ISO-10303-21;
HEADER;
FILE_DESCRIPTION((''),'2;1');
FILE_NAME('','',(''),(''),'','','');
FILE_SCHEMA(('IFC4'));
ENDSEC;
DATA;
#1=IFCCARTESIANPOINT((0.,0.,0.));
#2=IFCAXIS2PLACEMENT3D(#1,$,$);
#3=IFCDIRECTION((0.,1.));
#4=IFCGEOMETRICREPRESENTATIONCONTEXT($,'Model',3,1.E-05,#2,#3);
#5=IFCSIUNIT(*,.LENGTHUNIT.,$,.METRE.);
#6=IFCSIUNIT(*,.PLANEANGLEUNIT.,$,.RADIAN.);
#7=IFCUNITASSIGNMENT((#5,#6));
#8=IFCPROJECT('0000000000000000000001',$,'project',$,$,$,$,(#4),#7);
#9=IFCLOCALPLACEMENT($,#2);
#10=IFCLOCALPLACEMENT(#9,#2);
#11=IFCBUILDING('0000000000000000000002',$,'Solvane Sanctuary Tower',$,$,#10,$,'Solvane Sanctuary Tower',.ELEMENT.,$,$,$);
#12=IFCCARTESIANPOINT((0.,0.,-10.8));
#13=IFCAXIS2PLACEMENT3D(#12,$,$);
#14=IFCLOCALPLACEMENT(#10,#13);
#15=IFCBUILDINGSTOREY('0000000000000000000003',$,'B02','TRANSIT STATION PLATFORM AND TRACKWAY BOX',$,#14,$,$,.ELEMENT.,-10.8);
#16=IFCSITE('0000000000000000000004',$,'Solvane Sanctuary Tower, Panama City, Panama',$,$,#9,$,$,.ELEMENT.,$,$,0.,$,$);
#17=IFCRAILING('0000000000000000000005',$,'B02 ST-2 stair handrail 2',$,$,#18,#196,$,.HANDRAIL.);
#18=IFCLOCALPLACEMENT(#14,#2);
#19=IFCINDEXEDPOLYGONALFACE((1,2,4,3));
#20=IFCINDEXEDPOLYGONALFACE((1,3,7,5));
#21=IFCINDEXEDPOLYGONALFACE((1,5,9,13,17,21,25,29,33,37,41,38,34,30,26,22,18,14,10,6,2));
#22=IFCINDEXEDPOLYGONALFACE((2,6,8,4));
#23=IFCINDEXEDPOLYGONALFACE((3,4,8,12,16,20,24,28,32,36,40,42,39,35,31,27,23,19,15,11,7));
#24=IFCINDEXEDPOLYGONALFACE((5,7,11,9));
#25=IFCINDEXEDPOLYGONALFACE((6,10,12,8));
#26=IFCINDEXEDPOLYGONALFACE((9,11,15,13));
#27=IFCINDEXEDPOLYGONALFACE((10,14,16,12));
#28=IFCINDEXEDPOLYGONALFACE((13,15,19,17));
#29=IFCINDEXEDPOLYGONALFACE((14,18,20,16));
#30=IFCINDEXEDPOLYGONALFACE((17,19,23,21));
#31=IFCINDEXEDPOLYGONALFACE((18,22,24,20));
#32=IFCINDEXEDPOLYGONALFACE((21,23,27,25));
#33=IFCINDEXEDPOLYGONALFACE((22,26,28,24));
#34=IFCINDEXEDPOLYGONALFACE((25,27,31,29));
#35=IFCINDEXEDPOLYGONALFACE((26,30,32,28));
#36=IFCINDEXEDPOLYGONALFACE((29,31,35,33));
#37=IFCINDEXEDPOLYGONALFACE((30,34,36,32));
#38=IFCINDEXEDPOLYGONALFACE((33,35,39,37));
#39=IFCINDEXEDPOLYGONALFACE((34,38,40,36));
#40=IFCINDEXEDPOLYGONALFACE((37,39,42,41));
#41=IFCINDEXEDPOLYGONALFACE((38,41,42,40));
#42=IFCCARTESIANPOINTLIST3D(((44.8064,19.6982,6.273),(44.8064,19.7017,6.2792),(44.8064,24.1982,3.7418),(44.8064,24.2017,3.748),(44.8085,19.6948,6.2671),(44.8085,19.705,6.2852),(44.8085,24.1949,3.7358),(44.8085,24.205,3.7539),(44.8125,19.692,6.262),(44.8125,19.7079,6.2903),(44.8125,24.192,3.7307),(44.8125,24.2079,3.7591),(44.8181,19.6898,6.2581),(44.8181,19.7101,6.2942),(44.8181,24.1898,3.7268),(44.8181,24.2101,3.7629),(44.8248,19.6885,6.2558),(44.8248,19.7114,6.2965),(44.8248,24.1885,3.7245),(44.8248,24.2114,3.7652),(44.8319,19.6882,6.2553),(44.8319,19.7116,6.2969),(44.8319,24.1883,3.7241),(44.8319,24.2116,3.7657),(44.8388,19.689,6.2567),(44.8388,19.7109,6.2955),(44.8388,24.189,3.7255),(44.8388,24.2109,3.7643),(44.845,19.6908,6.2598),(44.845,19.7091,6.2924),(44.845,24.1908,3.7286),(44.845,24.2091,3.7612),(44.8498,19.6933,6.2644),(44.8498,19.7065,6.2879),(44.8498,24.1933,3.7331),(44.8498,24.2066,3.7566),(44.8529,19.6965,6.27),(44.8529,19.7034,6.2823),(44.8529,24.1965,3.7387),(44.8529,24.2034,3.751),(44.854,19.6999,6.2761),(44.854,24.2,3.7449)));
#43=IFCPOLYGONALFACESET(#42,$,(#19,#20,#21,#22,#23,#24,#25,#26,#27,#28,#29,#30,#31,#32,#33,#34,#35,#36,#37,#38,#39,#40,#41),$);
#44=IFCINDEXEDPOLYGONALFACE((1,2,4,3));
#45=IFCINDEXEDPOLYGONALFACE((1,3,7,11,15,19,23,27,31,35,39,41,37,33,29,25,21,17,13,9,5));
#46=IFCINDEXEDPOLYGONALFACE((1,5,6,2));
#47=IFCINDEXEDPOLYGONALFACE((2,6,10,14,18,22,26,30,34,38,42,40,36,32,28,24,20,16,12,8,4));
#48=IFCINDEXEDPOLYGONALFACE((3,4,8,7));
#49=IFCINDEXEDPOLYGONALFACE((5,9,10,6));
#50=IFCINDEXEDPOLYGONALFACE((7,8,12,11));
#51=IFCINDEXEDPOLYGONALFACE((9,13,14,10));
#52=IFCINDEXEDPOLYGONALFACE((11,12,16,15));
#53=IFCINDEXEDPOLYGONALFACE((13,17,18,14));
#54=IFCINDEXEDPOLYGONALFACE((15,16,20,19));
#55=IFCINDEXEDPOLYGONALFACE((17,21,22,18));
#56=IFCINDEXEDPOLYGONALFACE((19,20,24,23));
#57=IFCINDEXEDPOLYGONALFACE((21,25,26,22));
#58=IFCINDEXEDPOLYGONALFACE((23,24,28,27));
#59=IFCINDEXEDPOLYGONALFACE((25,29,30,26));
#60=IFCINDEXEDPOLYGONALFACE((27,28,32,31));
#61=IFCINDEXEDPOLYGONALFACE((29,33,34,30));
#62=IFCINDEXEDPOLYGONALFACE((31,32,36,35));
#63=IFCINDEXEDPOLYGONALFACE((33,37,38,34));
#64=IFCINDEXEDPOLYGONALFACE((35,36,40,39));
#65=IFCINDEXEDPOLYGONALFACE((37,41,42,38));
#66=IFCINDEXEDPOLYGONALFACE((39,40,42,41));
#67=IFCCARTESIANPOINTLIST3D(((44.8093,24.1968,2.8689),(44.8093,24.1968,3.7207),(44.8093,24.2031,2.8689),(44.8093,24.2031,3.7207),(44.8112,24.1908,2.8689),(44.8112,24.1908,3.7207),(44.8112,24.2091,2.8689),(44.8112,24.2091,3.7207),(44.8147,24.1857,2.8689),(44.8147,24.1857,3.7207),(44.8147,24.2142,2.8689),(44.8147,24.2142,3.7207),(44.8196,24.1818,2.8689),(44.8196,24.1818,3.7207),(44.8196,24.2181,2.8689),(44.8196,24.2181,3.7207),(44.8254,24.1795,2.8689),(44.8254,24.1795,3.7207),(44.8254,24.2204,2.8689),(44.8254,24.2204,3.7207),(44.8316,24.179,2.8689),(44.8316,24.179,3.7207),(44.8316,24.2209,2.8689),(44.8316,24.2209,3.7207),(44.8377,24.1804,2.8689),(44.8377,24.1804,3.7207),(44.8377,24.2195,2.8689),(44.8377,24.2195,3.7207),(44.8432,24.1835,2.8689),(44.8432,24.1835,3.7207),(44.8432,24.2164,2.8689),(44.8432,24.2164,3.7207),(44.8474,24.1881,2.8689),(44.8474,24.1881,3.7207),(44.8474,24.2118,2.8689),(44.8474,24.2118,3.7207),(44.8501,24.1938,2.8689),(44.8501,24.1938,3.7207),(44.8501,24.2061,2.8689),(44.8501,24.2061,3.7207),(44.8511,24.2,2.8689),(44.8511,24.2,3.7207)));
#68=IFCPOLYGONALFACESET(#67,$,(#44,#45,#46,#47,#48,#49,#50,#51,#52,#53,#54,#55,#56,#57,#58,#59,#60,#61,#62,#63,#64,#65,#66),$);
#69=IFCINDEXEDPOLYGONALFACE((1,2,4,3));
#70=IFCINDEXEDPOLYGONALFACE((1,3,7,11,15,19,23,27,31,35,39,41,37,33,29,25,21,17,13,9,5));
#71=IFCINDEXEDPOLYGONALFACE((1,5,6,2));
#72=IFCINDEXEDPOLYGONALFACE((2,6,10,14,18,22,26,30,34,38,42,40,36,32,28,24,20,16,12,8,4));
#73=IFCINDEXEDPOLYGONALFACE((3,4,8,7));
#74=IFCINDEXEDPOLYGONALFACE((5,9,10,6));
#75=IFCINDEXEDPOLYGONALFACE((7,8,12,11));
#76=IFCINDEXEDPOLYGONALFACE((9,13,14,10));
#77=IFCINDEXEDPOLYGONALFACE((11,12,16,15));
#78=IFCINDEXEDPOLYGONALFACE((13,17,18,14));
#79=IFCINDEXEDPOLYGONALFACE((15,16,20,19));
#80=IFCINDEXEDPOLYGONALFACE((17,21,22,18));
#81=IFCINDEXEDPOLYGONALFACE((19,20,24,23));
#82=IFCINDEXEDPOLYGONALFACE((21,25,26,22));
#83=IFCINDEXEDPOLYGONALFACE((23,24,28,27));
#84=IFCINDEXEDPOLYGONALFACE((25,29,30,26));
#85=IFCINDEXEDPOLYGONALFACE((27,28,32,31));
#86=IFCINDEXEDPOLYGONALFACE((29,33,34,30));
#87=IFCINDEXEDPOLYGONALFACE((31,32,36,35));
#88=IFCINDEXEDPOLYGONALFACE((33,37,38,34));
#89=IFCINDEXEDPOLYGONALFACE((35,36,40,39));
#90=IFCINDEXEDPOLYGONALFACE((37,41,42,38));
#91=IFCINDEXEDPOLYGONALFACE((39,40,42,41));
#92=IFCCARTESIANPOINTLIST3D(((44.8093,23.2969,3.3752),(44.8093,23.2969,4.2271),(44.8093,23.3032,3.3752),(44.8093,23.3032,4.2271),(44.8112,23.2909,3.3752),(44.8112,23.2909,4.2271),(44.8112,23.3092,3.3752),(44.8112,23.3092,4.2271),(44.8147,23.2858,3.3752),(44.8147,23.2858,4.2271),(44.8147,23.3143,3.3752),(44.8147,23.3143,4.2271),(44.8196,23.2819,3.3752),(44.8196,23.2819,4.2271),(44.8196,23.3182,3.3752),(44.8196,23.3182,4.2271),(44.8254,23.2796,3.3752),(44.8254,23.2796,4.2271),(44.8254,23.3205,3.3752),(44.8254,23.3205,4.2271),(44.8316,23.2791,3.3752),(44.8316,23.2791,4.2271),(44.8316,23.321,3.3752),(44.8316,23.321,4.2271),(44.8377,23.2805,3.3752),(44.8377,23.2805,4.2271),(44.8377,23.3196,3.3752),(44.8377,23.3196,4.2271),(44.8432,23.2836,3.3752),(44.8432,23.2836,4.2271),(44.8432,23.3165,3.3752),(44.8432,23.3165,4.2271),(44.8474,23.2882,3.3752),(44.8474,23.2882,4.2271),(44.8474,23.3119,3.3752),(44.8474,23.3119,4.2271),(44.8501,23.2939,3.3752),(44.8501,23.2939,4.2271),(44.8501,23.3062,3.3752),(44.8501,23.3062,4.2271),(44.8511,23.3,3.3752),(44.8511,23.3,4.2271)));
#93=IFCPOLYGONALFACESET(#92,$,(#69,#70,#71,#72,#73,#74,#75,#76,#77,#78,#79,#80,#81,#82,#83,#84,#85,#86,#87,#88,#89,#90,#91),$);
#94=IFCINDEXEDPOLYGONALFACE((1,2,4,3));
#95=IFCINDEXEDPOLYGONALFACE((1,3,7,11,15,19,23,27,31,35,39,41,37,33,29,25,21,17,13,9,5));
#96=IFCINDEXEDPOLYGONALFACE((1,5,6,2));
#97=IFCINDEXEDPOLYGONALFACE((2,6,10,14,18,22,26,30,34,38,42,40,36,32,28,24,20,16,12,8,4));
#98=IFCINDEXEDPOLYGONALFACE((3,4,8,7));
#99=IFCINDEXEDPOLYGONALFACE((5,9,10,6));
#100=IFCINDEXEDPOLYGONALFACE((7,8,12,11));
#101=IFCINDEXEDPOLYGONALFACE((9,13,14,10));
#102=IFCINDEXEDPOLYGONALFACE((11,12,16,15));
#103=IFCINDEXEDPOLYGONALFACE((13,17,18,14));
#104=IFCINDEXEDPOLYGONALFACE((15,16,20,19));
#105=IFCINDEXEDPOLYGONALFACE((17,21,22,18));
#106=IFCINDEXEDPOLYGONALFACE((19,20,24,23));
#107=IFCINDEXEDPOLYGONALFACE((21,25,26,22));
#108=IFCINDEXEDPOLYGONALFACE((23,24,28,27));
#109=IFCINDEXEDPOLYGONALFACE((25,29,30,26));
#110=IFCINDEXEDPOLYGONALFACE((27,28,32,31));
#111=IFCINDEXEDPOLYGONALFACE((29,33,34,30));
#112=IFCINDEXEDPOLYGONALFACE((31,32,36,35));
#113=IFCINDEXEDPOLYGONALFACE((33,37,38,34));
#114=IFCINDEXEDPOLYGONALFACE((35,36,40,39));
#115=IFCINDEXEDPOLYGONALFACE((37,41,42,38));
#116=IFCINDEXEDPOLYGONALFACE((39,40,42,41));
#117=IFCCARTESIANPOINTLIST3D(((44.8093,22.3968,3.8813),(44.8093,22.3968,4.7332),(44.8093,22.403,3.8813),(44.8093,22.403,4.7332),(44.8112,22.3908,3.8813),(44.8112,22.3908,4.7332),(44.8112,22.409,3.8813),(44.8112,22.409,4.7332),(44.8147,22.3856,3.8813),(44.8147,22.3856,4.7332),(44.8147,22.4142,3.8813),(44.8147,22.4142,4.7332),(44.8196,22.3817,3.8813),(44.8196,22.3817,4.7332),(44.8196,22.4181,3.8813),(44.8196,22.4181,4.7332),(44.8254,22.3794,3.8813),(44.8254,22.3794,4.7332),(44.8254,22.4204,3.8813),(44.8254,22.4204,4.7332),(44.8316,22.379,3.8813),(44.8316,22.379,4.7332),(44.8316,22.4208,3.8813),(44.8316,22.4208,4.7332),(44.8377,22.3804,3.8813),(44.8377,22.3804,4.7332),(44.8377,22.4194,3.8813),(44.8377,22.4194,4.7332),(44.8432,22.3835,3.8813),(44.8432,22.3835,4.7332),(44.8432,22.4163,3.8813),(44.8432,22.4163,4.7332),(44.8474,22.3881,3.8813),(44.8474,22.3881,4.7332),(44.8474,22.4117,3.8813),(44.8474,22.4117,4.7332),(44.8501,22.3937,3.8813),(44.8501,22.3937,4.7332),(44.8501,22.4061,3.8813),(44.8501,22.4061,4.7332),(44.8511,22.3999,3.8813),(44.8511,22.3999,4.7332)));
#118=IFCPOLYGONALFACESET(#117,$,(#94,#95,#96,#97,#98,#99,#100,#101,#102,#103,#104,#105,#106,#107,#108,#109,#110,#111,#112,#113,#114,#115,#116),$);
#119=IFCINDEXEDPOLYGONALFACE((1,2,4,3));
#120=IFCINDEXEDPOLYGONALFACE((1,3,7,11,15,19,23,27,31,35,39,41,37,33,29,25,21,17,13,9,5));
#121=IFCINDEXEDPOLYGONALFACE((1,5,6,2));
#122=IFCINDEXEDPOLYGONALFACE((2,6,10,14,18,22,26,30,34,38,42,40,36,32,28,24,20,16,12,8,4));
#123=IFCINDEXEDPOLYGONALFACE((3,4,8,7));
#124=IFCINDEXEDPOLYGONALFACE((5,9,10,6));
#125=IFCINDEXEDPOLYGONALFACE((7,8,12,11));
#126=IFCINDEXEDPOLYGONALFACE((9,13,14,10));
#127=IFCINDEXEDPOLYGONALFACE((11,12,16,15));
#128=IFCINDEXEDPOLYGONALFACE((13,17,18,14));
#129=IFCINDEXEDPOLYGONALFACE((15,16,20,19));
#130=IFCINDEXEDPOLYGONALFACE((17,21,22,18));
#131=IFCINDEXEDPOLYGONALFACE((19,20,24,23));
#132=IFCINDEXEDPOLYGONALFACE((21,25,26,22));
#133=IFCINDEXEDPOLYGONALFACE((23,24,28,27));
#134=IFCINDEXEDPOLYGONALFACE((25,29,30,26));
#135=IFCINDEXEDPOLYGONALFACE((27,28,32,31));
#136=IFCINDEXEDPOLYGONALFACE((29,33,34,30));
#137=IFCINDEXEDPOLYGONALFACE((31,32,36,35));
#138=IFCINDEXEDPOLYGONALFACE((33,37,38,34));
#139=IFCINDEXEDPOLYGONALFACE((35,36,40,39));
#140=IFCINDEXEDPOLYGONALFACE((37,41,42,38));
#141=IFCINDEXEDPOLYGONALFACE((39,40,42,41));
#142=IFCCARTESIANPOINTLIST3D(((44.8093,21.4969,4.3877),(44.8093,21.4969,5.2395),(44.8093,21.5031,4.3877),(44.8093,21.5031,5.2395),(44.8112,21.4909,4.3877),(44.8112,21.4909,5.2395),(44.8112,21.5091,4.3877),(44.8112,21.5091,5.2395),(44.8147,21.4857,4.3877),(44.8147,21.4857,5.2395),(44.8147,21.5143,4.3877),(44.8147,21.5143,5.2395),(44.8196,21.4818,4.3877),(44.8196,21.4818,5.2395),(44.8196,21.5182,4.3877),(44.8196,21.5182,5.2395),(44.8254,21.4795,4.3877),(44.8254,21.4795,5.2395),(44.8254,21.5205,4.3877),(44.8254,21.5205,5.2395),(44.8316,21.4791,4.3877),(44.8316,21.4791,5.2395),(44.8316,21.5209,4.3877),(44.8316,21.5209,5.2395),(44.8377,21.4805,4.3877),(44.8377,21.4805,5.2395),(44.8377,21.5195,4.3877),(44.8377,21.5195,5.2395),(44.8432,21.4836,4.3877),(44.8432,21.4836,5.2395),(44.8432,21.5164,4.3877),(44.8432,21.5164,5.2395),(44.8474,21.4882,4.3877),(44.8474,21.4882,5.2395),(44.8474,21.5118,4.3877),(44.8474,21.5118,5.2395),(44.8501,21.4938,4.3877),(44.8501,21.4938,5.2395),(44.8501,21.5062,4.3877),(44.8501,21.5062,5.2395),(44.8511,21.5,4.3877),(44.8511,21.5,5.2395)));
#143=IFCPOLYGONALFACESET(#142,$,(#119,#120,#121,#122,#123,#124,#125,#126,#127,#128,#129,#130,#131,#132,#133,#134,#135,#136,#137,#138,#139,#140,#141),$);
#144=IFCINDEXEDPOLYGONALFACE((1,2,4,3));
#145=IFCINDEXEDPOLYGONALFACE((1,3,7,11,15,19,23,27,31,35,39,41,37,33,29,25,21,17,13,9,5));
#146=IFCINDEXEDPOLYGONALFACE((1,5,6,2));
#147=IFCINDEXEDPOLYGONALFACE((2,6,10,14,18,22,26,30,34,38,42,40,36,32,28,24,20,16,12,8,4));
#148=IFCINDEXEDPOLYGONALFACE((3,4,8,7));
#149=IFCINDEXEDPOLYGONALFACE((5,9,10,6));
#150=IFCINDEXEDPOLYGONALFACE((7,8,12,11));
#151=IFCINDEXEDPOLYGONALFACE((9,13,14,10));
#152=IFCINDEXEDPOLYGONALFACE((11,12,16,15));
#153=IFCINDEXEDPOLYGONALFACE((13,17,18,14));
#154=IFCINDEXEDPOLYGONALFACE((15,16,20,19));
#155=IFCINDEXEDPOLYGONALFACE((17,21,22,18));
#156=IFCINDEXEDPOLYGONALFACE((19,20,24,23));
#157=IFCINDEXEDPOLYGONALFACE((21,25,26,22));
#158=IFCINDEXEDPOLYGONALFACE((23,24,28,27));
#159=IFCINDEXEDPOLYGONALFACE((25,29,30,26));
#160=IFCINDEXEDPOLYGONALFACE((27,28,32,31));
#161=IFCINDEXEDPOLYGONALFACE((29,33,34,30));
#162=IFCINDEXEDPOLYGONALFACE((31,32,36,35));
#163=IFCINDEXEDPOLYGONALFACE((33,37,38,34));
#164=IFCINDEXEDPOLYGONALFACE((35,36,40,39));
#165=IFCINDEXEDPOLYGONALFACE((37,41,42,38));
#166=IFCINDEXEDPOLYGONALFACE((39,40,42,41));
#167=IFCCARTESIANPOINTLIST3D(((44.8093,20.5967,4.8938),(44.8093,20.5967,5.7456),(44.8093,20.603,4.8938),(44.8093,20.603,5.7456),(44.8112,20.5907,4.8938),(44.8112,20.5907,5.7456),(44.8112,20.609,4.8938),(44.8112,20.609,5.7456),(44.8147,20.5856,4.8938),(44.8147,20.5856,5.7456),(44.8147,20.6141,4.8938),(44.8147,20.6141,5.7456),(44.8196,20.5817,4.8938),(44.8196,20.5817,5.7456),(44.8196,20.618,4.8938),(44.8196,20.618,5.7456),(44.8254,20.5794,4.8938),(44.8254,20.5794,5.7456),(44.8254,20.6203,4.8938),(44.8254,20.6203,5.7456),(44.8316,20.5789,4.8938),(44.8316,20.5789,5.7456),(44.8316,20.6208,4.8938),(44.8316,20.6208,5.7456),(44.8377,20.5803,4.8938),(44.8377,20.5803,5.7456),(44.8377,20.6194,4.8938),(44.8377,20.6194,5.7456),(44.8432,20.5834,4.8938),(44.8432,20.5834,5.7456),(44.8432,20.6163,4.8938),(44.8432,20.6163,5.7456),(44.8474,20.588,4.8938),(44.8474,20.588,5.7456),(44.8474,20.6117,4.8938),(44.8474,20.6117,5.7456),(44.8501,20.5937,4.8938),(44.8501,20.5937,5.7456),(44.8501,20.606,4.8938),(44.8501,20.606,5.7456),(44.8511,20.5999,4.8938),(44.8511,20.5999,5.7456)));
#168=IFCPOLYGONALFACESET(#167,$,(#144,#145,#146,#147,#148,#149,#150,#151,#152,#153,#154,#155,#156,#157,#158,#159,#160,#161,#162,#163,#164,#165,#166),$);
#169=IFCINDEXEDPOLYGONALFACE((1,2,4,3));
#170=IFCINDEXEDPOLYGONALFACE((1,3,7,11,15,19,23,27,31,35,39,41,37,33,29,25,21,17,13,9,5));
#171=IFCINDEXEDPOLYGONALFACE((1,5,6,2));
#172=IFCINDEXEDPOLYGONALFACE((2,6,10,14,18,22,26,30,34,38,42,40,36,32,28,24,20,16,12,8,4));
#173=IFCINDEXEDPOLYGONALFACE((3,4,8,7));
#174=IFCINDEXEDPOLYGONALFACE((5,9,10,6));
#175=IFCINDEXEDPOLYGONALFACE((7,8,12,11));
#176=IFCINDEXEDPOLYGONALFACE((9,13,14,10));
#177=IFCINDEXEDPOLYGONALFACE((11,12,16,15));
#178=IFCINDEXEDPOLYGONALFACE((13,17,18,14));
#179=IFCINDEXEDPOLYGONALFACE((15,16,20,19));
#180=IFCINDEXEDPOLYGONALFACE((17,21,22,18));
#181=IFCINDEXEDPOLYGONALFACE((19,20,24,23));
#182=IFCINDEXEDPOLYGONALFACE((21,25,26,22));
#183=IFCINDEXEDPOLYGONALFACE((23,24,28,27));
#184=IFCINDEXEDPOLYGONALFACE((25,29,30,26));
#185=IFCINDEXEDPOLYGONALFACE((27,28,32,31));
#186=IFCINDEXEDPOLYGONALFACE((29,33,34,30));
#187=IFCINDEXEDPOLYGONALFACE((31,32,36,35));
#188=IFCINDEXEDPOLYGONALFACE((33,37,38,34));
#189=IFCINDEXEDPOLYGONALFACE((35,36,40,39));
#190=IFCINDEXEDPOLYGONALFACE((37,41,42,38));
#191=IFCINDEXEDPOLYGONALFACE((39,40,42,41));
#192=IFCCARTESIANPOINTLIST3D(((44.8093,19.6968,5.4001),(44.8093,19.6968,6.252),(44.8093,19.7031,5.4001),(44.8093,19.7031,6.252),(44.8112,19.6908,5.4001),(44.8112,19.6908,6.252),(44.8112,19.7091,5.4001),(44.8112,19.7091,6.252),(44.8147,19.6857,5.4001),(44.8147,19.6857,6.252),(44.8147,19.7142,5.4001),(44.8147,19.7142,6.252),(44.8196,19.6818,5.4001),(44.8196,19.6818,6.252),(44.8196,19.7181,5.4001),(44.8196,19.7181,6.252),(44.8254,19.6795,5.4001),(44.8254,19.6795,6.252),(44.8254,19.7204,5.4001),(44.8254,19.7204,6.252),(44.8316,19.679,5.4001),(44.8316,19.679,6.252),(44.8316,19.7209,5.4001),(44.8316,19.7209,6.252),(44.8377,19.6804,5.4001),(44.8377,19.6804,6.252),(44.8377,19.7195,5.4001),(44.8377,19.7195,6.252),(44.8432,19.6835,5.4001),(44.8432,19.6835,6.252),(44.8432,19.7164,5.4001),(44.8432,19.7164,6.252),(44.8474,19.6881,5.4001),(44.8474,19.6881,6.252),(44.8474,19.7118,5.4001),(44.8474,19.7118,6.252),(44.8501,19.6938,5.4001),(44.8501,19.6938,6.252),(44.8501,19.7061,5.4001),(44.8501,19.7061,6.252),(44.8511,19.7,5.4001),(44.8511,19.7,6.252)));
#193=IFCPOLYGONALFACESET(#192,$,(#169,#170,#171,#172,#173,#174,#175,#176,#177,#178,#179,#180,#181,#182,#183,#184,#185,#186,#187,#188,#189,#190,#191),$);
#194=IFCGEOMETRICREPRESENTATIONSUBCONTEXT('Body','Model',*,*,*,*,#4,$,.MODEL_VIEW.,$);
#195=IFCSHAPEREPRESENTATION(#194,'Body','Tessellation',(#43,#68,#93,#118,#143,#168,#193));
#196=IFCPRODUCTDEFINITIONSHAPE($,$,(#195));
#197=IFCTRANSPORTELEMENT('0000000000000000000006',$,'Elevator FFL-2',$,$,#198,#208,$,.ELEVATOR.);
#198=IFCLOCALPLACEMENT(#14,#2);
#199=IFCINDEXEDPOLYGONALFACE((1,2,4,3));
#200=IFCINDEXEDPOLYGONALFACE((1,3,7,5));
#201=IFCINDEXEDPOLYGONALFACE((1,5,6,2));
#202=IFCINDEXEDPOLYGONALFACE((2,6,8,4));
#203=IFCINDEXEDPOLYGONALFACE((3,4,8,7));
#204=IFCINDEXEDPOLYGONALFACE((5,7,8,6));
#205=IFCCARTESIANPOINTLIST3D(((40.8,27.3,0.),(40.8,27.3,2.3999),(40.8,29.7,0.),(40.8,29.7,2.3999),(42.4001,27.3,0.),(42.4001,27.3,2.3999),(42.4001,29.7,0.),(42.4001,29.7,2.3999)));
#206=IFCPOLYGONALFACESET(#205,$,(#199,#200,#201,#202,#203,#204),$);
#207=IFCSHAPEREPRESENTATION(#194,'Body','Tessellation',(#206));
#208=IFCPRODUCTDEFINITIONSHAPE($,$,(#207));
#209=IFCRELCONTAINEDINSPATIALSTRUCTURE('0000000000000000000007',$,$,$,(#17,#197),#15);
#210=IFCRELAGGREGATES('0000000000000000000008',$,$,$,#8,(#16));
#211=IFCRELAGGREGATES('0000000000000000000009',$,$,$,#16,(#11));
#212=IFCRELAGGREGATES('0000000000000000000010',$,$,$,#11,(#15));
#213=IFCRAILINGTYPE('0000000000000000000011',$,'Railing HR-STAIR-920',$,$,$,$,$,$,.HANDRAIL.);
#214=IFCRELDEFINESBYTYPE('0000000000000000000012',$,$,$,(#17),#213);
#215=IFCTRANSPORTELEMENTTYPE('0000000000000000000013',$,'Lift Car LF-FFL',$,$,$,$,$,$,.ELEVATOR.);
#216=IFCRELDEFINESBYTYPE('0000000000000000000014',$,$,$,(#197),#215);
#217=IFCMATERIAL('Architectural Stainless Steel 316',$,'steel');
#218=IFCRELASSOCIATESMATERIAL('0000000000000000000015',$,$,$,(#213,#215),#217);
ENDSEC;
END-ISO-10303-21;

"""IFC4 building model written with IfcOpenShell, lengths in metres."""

from ifc_helpers import new_model, si_unit, direction, frame, origin, origin_2d, place, context, subcontext, project, spatial, rectangle, circle, extrude, material, type_object, element, save


model = new_model("IFC4")

# Units and contexts
model_context = context("Model", 3, precision=1e-05, world=origin(), true_north=direction((0.0, 1.0)))
body_context = subcontext(model_context, "Body", "Model", "MODEL_VIEW")
ifc_project = project(units=[si_unit("LENGTHUNIT", "METRE"), si_unit("PLANEANGLEUNIT", "RADIAN")], contexts=[model_context])

# Site, building, storey
site_placement = place(None, origin())
site = spatial("IfcSite", under=ifc_project, at=site_placement, Name="Solvane Sanctuary Tower, Panama City, Panama", CompositionType="ELEMENT", RefElevation=0.0)
building_placement = place(site_placement, origin())
building = spatial("IfcBuilding", under=site, at=building_placement, Name="Solvane Sanctuary Tower", LongName="Solvane Sanctuary Tower", CompositionType="ELEMENT")
storey_placement = place(building_placement, frame((0.0, 0.0, -10.8)))
storey = spatial("IfcBuildingStorey", under=building, at=storey_placement, Name="B02", Description="TRANSIT STATION PLATFORM AND TRACKWAY BOX", CompositionType="ELEMENT", Elevation=-10.8)

# Shared definitions
ifc_material_1 = material(Name="Architectural Stainless Steel 316", Category="steel")

# Railing
railing_type = type_object("IfcRailingType", Name="Railing HR-STAIR-920", PredefinedType="HANDRAIL", material=ifc_material_1)
railing_placement = place(storey_placement, frame((44.8301, 24.2, 2.8689)))
element("IfcRailing", 1, at=railing_placement, inside=storey, type_object=railing_type, Name="B02 ST-2 stair handrail 2", PredefinedType="HANDRAIL", context=body_context, shape_type="SweptSolid", body=[
    extrude(circle(Radius=0.0239, at=origin_2d()), frame((0.0, 0.0, 0.876), z_axis=(0.0, -0.871576, 0.490261), x_axis=(1.0, 0.0, 0.0)), (0.0, 0.0, 1.0), 5.1631),
    extrude(circle(Radius=0.021, at=origin_2d()), origin(), (0.0, 0.0, 1.0), 0.8518),
    extrude(circle(Radius=0.021, at=origin_2d()), frame((0.0, -0.8999, 0.5063)), (0.0, 0.0, 1.0), 0.8518),
    extrude(circle(Radius=0.021, at=origin_2d()), frame((0.0, -1.8, 1.0125)), (0.0, 0.0, 1.0), 0.8518),
    extrude(circle(Radius=0.021, at=origin_2d()), frame((0.0, -2.7, 1.5188)), (0.0, 0.0, 1.0), 0.8518),
    extrude(circle(Radius=0.021, at=origin_2d()), frame((0.0, -3.6001, 2.0249)), (0.0, 0.0, 1.0), 0.8518),
    extrude(circle(Radius=0.021, at=origin_2d()), frame((0.0, -4.5, 2.5312)), (0.0, 0.0, 1.0), 0.8518),
])

# Transport element
transport_element_type = type_object("IfcTransportElementType", Name="Lift Car LF-FFL", PredefinedType="ELEVATOR", material=ifc_material_1)
transport_element_placement = place(storey_placement, frame((41.6001, 28.5, 0.0), z_axis=(0.0, 0.0, 1.0), x_axis=(1.0, 0.0, 0.0)))
element("IfcTransportElement", 2, at=transport_element_placement, inside=storey, type_object=transport_element_type, Name="Elevator FFL-2", PredefinedType="ELEVATOR", context=body_context, shape_type="SweptSolid", body=[
    extrude(rectangle(XDim=1.6001, YDim=2.3999, at=origin_2d()), origin(), (0.0, 0.0, 1.0), 2.3999),
])

save(model, "model.ifc")
